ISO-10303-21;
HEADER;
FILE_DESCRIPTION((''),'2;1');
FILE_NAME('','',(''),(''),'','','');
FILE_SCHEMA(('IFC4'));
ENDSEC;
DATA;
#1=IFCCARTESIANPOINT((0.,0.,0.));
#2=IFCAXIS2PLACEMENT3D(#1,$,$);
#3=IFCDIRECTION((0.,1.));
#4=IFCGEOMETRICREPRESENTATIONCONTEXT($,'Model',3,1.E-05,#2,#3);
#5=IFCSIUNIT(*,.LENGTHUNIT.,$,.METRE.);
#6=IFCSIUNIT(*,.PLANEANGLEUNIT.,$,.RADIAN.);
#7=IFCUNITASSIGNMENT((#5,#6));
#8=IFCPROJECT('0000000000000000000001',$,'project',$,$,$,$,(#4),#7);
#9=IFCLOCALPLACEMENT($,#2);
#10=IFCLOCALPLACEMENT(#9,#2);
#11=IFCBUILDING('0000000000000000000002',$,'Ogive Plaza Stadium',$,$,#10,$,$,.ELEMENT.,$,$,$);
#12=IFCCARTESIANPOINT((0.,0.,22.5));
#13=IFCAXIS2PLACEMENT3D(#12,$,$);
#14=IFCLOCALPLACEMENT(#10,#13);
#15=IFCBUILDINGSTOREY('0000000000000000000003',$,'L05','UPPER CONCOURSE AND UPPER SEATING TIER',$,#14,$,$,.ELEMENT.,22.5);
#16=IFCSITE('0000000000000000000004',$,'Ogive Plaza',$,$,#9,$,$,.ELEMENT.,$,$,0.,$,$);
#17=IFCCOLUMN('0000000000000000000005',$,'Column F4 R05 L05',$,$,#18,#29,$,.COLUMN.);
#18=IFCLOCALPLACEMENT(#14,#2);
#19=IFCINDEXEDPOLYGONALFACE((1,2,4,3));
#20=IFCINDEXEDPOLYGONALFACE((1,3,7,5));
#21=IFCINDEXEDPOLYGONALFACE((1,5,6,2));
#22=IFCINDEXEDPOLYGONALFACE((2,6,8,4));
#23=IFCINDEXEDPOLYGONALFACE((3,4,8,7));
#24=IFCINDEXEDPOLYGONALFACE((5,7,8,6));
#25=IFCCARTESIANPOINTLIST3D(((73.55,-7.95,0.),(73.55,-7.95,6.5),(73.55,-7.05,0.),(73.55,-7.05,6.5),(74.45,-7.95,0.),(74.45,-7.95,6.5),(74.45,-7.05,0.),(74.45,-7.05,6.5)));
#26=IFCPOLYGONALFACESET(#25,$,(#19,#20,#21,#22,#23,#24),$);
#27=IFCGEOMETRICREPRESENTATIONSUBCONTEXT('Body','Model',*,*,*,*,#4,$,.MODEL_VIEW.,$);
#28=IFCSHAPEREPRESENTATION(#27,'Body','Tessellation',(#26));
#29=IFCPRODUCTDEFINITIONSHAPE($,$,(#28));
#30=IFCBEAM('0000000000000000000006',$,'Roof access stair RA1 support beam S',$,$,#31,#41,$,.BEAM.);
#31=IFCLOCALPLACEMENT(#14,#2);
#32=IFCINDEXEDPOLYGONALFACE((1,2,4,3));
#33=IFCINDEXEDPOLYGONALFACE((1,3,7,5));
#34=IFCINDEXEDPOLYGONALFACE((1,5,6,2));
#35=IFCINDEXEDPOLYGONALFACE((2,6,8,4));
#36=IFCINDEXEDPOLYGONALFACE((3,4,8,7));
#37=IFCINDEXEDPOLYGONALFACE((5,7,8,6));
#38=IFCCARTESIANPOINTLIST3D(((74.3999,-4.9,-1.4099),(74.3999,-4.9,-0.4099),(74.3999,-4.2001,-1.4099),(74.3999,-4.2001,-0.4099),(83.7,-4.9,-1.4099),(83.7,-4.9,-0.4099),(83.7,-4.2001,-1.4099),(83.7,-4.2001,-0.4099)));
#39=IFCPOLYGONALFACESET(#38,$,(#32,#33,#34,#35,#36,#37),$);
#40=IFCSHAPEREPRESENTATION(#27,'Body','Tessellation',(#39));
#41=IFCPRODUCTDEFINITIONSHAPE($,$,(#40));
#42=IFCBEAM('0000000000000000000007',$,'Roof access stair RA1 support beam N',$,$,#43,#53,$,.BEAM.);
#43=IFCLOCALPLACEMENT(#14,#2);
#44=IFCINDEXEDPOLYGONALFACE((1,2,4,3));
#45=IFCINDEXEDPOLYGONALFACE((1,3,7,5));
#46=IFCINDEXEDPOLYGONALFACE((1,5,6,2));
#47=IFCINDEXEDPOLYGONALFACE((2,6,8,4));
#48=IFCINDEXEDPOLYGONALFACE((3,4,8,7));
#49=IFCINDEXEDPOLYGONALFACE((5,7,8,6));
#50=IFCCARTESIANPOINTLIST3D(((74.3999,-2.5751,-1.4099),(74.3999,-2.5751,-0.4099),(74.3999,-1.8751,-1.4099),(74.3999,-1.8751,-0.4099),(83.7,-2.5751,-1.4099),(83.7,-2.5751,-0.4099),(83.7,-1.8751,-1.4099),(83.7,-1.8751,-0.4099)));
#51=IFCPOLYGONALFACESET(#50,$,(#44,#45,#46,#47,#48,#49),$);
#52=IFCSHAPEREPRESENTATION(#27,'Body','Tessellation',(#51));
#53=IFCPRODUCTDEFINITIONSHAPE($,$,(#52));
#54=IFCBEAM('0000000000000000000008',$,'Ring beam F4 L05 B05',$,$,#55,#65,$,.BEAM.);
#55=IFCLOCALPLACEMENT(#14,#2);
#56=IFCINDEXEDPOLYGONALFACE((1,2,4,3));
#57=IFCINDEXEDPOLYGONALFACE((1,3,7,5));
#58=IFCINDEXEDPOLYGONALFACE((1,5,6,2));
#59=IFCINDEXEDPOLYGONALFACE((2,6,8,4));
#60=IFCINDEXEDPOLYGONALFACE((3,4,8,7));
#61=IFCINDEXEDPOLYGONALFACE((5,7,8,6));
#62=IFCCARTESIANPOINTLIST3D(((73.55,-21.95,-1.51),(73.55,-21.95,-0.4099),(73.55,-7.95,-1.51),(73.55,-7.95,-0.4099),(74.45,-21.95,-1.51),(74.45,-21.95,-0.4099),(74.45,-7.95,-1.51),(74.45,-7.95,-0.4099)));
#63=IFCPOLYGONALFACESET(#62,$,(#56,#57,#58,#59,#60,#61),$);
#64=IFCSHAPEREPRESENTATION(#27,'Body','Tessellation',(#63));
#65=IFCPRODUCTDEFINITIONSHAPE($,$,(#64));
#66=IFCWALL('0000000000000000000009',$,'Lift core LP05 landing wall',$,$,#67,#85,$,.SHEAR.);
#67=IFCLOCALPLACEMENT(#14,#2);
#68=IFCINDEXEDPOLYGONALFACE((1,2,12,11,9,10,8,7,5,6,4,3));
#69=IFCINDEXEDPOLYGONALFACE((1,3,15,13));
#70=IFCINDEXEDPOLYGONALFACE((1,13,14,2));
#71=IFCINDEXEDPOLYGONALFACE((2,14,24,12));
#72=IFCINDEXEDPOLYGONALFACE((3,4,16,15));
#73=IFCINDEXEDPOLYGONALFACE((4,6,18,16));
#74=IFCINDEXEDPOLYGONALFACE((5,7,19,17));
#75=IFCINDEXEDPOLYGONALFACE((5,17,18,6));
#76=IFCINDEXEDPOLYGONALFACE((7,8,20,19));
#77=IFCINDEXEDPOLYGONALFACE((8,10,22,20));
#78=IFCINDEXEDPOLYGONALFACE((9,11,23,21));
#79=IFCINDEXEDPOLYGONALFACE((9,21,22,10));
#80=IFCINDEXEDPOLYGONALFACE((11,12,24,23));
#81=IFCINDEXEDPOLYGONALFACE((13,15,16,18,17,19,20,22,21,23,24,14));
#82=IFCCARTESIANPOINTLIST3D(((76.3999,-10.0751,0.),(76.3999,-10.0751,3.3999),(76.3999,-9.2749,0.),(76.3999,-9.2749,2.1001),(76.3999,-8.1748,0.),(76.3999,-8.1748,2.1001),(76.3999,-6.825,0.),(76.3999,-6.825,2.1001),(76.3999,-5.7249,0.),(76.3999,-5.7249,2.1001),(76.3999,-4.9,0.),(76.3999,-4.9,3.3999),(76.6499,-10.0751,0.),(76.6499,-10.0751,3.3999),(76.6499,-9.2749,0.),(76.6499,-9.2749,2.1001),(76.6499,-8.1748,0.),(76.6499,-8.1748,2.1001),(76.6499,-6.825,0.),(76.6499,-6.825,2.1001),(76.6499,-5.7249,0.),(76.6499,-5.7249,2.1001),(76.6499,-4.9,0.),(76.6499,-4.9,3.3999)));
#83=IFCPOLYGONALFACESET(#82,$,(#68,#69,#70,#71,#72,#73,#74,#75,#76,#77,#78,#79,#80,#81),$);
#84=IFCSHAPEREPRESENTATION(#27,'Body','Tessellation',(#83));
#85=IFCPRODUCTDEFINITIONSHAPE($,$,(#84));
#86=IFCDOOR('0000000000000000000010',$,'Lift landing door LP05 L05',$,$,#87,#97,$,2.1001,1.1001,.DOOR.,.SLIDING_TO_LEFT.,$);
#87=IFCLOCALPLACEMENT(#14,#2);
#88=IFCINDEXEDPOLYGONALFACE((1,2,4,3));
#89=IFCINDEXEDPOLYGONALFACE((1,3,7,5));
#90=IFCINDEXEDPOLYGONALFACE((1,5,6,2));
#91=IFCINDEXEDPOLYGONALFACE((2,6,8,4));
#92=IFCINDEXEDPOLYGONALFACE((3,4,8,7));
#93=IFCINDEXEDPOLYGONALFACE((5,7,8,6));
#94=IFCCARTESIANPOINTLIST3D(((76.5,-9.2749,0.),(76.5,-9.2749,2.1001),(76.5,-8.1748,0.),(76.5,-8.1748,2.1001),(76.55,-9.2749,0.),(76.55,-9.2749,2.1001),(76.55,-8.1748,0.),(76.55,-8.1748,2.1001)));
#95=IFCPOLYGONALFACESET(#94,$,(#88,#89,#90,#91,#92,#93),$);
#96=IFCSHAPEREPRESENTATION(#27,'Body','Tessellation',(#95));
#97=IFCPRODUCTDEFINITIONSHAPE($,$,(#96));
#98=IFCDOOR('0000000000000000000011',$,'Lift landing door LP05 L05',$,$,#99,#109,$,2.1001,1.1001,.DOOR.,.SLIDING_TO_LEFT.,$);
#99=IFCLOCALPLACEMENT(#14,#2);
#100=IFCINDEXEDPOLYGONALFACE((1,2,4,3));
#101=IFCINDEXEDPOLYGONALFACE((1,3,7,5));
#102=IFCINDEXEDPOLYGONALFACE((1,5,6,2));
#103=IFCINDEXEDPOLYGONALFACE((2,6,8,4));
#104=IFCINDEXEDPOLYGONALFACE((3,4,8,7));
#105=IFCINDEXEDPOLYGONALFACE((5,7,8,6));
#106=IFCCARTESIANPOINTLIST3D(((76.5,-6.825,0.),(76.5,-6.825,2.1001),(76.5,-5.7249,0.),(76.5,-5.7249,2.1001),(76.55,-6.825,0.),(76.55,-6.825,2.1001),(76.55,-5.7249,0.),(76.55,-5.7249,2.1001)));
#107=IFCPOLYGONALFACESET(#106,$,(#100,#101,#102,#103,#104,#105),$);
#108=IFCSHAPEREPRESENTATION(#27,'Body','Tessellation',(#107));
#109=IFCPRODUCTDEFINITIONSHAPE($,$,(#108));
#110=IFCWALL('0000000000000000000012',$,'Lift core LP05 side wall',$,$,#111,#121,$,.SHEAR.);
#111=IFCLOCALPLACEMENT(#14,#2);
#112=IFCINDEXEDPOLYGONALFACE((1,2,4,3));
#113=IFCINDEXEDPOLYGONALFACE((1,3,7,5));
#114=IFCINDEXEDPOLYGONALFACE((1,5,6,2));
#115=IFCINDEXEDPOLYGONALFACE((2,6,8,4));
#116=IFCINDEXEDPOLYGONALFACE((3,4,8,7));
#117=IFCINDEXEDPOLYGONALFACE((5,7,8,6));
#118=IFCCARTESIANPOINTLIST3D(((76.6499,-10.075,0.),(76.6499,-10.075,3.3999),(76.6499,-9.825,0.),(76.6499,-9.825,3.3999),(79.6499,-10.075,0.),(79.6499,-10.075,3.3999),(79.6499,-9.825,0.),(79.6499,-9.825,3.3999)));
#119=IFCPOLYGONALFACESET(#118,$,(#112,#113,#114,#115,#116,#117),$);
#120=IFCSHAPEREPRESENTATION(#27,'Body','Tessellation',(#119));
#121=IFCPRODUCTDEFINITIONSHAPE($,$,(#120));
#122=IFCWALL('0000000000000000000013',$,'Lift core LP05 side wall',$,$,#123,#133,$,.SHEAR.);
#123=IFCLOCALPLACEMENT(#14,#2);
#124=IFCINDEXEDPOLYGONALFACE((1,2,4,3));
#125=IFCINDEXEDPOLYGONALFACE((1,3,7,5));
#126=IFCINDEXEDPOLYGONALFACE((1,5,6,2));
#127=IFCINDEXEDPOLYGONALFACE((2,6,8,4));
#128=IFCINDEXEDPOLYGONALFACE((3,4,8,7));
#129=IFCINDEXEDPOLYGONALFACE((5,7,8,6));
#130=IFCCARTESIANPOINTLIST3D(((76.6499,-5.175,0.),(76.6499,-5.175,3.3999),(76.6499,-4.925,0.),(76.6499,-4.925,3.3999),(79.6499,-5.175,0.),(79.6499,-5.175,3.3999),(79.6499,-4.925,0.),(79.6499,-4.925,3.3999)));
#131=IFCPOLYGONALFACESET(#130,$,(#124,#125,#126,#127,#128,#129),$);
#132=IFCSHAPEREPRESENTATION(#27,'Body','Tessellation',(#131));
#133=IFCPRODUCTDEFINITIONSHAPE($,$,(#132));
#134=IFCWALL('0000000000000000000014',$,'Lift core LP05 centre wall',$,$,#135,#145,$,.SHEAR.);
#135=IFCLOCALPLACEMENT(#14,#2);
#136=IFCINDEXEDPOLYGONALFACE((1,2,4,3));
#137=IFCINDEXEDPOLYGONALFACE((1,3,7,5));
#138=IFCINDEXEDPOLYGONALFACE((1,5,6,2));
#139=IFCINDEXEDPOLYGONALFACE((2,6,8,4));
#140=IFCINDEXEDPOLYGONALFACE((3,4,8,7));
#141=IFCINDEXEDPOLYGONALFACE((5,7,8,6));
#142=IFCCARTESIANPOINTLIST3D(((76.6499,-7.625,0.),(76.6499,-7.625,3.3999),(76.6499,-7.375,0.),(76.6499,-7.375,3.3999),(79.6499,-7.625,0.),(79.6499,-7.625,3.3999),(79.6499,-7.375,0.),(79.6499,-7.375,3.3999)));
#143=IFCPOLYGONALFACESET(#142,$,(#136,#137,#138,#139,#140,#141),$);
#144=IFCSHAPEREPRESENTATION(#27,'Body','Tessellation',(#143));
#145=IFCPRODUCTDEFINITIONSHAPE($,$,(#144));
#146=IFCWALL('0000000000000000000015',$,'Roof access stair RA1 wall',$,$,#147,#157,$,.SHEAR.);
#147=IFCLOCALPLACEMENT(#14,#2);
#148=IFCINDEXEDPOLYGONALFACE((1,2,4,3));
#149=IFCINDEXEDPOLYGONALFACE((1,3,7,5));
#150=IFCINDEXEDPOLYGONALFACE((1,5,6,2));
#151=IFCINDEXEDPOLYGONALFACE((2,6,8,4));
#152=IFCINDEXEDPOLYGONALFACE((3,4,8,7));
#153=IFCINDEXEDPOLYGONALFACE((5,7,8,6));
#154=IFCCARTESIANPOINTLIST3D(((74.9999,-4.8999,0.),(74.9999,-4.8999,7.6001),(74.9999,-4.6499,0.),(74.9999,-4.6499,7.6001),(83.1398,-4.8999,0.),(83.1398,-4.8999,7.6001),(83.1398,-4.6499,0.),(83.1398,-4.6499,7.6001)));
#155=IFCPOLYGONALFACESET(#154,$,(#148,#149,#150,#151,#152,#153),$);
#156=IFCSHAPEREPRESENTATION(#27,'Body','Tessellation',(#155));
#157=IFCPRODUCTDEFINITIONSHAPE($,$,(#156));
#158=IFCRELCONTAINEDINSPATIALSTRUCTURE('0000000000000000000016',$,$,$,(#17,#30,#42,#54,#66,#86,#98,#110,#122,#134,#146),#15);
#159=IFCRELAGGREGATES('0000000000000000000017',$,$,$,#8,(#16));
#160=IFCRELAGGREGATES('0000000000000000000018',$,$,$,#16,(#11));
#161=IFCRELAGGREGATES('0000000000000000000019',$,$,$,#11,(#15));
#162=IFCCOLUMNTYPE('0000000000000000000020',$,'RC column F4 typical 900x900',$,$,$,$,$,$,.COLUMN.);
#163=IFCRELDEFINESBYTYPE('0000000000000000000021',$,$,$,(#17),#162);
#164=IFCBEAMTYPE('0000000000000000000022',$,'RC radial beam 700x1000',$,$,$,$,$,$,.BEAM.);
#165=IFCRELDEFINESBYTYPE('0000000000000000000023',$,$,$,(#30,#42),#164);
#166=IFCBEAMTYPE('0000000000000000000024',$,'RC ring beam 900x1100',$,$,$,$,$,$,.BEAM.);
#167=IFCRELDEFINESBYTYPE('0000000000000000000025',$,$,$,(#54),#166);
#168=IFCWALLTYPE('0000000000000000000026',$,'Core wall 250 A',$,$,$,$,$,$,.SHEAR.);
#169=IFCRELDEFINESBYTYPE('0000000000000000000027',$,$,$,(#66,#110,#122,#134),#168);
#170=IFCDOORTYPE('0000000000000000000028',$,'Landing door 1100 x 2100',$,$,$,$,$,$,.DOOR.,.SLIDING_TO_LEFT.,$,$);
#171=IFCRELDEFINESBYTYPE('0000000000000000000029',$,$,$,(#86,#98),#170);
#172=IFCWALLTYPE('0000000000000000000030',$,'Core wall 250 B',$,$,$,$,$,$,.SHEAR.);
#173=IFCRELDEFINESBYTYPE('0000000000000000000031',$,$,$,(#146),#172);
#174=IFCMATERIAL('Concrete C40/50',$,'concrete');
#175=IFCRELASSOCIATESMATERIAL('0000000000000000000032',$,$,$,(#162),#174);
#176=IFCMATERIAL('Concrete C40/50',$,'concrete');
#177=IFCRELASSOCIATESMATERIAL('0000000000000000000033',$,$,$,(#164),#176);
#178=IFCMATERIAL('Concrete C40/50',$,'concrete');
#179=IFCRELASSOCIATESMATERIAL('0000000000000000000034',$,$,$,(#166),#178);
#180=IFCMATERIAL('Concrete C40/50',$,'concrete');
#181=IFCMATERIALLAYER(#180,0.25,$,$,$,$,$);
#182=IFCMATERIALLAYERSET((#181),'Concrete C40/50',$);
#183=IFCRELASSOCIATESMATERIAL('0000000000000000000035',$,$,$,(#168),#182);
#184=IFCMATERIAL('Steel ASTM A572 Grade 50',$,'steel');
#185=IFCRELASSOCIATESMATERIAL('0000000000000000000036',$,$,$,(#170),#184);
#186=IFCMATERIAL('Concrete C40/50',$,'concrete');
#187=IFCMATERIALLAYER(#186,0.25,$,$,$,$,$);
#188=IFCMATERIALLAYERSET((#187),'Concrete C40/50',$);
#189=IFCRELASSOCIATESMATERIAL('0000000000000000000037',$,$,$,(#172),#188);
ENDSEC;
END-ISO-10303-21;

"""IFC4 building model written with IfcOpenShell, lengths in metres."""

from ifc_helpers import new_model, si_unit, direction, frame, frame_2d, origin, origin_2d, place, context, subcontext, project, spatial, rectangle, extrude, material, layer, layer_set, material_profile, profile_set, type_object, element, fill, save


model = new_model("IFC4")

# Units and contexts
model_context = context("Model", 3, precision=1e-05, world=origin(), true_north=direction((0.0, 1.0)))
body_context = subcontext(model_context, "Body", "Model", "MODEL_VIEW")
ifc_project = project(units=[si_unit("LENGTHUNIT", "METRE"), si_unit("PLANEANGLEUNIT", "RADIAN")], contexts=[model_context])

# Site, building, storey
site_placement = place(None, origin())
site = spatial("IfcSite", under=ifc_project, at=site_placement, Name="Ogive Plaza", CompositionType="ELEMENT", RefElevation=0.0)
building_placement = place(site_placement, origin())
building = spatial("IfcBuilding", under=site, at=building_placement, Name="Ogive Plaza Stadium", CompositionType="ELEMENT")
storey_placement = place(building_placement, frame((0.0, 0.0, 22.5)))
storey = spatial("IfcBuildingStorey", under=building, at=storey_placement, Name="L05", Description="UPPER CONCOURSE AND UPPER SEATING TIER", CompositionType="ELEMENT", Elevation=22.5)

# Column
ifc_material_1 = material(Name="Concrete C40/50", Category="concrete")
ifc_material_profile_1 = material_profile(ifc_material_1, rectangle(XDim=0.8999, YDim=0.8999, at=origin_2d()), Name="RC 900x900")
ifc_profile_set_1 = profile_set([ifc_material_profile_1], Name="Concrete C40/50")
column_type = type_object("IfcColumnType", Name="RC column F4 typical 900x900", PredefinedType="COLUMN", material=ifc_profile_set_1)
column_placement = place(storey_placement, frame((74.0, -7.5, 0.0), z_axis=(0.0, 0.0, 1.0), x_axis=(0.0, 1.0, 0.0)))
element("IfcColumn", 1, at=column_placement, inside=storey, type_object=column_type, Name="Column F4 R05 L05", PredefinedType="COLUMN", context=body_context, shape_type="SweptSolid", body=[
    extrude(rectangle(XDim=0.8999, YDim=0.8999, at=origin_2d()), origin(), (0.0, 0.0, 1.0), 6.5),
])

# Beams
ifc_material_2 = material(Name="Concrete C40/50", Category="concrete")
ifc_material_profile_2 = material_profile(ifc_material_2, rectangle(XDim=0.7, YDim=1.0, at=origin_2d()), Name="RC 700x1000")
ifc_profile_set_2 = profile_set([ifc_material_profile_2], Name="Concrete C40/50")
beam_type_1 = type_object("IfcBeamType", Name="RC radial beam 700x1000", PredefinedType="BEAM", material=ifc_profile_set_2)
for number, where, z_axis, x_axis, name in (
    (2, (74.3999, -4.55, -0.9099), (1.0, 0.0, 0.0), (0.0, 1.0, 0.0), "Roof access stair RA1 support beam S"),
    (3, (74.3999, -2.2251, -0.9099), (1.0, 0.0, 0.0), (0.0, 1.0, 0.0), "Roof access stair RA1 support beam N"),
):
    element("IfcBeam", number, at=place(storey_placement, frame(where, z_axis=z_axis, x_axis=x_axis)), inside=storey, type_object=beam_type_1, Name=name, PredefinedType="BEAM", context=body_context, shape_type="SweptSolid", body=[
        extrude(rectangle(XDim=0.7, YDim=1.0, at=origin_2d()), origin(), (0.0, 0.0, 1.0), 9.3),
    ])
ifc_material_3 = material(Name="Concrete C40/50", Category="concrete")
ifc_material_profile_3 = material_profile(ifc_material_3, rectangle(XDim=0.8999, YDim=1.1001, at=origin_2d()), Name="RC 900x1100")
ifc_profile_set_3 = profile_set([ifc_material_profile_3], Name="Concrete C40/50")
beam_type_2 = type_object("IfcBeamType", Name="RC ring beam 900x1100", PredefinedType="BEAM", material=ifc_profile_set_3)
beam_placement = place(storey_placement, frame((74.0, -7.95, -0.96), z_axis=(0.0, -1.0, 0.0), x_axis=(1.0, 0.0, 0.0)))
element("IfcBeam", 4, at=beam_placement, inside=storey, type_object=beam_type_2, Name="Ring beam F4 L05 B05", PredefinedType="BEAM", context=body_context, shape_type="SweptSolid", body=[
    extrude(rectangle(XDim=0.8999, YDim=1.1001, at=origin_2d()), origin(), (0.0, 0.0, 1.0), 14.0),
])

# Wall, openings, doors
ifc_material_4 = material(Name="Concrete C40/50", Category="concrete")
ifc_layer_1 = layer(ifc_material_4, 0.25)
ifc_layer_set_1 = layer_set([ifc_layer_1], Name="Concrete C40/50")
wall_type_1 = type_object("IfcWallType", Name="Core wall 250 A", PredefinedType="SHEAR", material=ifc_layer_set_1)
wall_1_placement = place(storey_placement, frame((76.5249, -10.075, 0.0), z_axis=(0.0, 0.0, 1.0), x_axis=(0.0, 1.0, 0.0)))
wall_1 = element("IfcWall", 5, at=wall_1_placement, inside=storey, type_object=wall_type_1, Name="Lift core LP05 landing wall", PredefinedType="SHEAR", context=body_context, shape_type="SweptSolid", body=[
    extrude(rectangle(XDim=5.175, YDim=0.25, at=frame_2d((2.5874, 0.0))), origin(), (0.0, 0.0, 1.0), 3.3999),
])
opening_1_placement = place(wall_1_placement, frame((0.8, 0.0, 0.0)))
opening_1 = element("IfcOpeningElement", 6, at=opening_1_placement, cuts=wall_1, PredefinedType="OPENING", context=body_context, shape_type="SweptSolid", body=[
    extrude(rectangle(XDim=1.1001, YDim=2.1001, at=frame_2d((0.55, 1.05))), frame((0.0, 0.125, 0.0), z_axis=(0.0, -1.0, 0.0), x_axis=(1.0, 0.0, 0.0)), (0.0, 0.0, 1.0), 0.25),
])
opening_2_placement = place(wall_1_placement, frame((3.25, 0.0, 0.0)))
opening_2 = element("IfcOpeningElement", 7, at=opening_2_placement, cuts=wall_1, PredefinedType="OPENING", context=body_context, shape_type="SweptSolid", body=[
    extrude(rectangle(XDim=1.1001, YDim=2.1001, at=frame_2d((0.55, 1.05))), frame((0.0, 0.125, 0.0), z_axis=(0.0, -1.0, 0.0), x_axis=(1.0, 0.0, 0.0)), (0.0, 0.0, 1.0), 0.25),
])
ifc_material_5 = material(Name="Steel ASTM A572 Grade 50", Category="steel")
door_type_1 = type_object("IfcDoorType", Name="Landing door 1100 x 2100", OperationType="SLIDING_TO_LEFT", PredefinedType="DOOR", material=ifc_material_5)
door_1_placement = place(opening_1_placement, origin())
door_1 = element("IfcDoor", 8, at=door_1_placement, inside=storey, type_object=door_type_1, Name="Lift landing door LP05 L05", OperationType="SLIDING_TO_LEFT", OverallHeight=2.1001, OverallWidth=1.1001, PredefinedType="DOOR", context=body_context, shape_type="SweptSolid", body=[
    extrude(rectangle(XDim=1.1001, YDim=2.1001, at=frame_2d((0.55, 1.05))), frame((0.0, 0.0249, 0.0), z_axis=(0.0, -1.0, 0.0), x_axis=(1.0, 0.0, 0.0)), (0.0, 0.0, 1.0), 0.05),
])
fill(opening_1, door_1)
door_2_placement = place(opening_2_placement, origin())
door_2 = element("IfcDoor", 9, at=door_2_placement, inside=storey, type_object=door_type_1, Name="Lift landing door LP05 L05", OperationType="SLIDING_TO_LEFT", OverallHeight=2.1001, OverallWidth=1.1001, PredefinedType="DOOR", context=body_context, shape_type="SweptSolid", body=[
    extrude(rectangle(XDim=1.1001, YDim=2.1001, at=frame_2d((0.55, 1.05))), frame((0.0, 0.0249, 0.0), z_axis=(0.0, -1.0, 0.0), x_axis=(1.0, 0.0, 0.0)), (0.0, 0.0, 1.0), 0.05),
])
fill(opening_2, door_2)

# Walls
for number, where, z_axis, x_axis, name in (
    (10, (76.6499, -9.95, 0.0), (0.0, 0.0, 1.0), (1.0, 0.0, 0.0), "Lift core LP05 side wall"),
    (11, (76.6499, -5.05, 0.0), (0.0, 0.0, 1.0), (1.0, 0.0, 0.0), "Lift core LP05 side wall"),
    (12, (76.6499, -7.5, 0.0), (0.0, 0.0, 1.0), (1.0, 0.0, 0.0), "Lift core LP05 centre wall"),
):
    element("IfcWall", number, at=place(storey_placement, frame(where, z_axis=z_axis, x_axis=x_axis)), inside=storey, type_object=wall_type_1, Name=name, PredefinedType="SHEAR", context=body_context, shape_type="SweptSolid", body=[
        extrude(rectangle(XDim=3.0, YDim=0.25, at=frame_2d((1.5, 0.0))), origin(), (0.0, 0.0, 1.0), 3.3999),
    ])
ifc_material_6 = material(Name="Concrete C40/50", Category="concrete")
ifc_layer_2 = layer(ifc_material_6, 0.25)
ifc_layer_set_2 = layer_set([ifc_layer_2], Name="Concrete C40/50")
wall_type_2 = type_object("IfcWallType", Name="Core wall 250 B", PredefinedType="SHEAR", material=ifc_layer_set_2)
wall_2_placement = place(storey_placement, frame((75.0, -4.7749, 0.0), z_axis=(0.0, 0.0, 1.0), x_axis=(1.0, 0.0, 0.0)))
element("IfcWall", 13, at=wall_2_placement, inside=storey, type_object=wall_type_2, Name="Roof access stair RA1 wall", PredefinedType="SHEAR", context=body_context, shape_type="SweptSolid", body=[
    extrude(rectangle(XDim=8.1399, YDim=0.25, at=frame_2d((4.0698, 0.0))), origin(), (0.0, 0.0, 1.0), 7.6001),
])

save(model, "model.ifc")
